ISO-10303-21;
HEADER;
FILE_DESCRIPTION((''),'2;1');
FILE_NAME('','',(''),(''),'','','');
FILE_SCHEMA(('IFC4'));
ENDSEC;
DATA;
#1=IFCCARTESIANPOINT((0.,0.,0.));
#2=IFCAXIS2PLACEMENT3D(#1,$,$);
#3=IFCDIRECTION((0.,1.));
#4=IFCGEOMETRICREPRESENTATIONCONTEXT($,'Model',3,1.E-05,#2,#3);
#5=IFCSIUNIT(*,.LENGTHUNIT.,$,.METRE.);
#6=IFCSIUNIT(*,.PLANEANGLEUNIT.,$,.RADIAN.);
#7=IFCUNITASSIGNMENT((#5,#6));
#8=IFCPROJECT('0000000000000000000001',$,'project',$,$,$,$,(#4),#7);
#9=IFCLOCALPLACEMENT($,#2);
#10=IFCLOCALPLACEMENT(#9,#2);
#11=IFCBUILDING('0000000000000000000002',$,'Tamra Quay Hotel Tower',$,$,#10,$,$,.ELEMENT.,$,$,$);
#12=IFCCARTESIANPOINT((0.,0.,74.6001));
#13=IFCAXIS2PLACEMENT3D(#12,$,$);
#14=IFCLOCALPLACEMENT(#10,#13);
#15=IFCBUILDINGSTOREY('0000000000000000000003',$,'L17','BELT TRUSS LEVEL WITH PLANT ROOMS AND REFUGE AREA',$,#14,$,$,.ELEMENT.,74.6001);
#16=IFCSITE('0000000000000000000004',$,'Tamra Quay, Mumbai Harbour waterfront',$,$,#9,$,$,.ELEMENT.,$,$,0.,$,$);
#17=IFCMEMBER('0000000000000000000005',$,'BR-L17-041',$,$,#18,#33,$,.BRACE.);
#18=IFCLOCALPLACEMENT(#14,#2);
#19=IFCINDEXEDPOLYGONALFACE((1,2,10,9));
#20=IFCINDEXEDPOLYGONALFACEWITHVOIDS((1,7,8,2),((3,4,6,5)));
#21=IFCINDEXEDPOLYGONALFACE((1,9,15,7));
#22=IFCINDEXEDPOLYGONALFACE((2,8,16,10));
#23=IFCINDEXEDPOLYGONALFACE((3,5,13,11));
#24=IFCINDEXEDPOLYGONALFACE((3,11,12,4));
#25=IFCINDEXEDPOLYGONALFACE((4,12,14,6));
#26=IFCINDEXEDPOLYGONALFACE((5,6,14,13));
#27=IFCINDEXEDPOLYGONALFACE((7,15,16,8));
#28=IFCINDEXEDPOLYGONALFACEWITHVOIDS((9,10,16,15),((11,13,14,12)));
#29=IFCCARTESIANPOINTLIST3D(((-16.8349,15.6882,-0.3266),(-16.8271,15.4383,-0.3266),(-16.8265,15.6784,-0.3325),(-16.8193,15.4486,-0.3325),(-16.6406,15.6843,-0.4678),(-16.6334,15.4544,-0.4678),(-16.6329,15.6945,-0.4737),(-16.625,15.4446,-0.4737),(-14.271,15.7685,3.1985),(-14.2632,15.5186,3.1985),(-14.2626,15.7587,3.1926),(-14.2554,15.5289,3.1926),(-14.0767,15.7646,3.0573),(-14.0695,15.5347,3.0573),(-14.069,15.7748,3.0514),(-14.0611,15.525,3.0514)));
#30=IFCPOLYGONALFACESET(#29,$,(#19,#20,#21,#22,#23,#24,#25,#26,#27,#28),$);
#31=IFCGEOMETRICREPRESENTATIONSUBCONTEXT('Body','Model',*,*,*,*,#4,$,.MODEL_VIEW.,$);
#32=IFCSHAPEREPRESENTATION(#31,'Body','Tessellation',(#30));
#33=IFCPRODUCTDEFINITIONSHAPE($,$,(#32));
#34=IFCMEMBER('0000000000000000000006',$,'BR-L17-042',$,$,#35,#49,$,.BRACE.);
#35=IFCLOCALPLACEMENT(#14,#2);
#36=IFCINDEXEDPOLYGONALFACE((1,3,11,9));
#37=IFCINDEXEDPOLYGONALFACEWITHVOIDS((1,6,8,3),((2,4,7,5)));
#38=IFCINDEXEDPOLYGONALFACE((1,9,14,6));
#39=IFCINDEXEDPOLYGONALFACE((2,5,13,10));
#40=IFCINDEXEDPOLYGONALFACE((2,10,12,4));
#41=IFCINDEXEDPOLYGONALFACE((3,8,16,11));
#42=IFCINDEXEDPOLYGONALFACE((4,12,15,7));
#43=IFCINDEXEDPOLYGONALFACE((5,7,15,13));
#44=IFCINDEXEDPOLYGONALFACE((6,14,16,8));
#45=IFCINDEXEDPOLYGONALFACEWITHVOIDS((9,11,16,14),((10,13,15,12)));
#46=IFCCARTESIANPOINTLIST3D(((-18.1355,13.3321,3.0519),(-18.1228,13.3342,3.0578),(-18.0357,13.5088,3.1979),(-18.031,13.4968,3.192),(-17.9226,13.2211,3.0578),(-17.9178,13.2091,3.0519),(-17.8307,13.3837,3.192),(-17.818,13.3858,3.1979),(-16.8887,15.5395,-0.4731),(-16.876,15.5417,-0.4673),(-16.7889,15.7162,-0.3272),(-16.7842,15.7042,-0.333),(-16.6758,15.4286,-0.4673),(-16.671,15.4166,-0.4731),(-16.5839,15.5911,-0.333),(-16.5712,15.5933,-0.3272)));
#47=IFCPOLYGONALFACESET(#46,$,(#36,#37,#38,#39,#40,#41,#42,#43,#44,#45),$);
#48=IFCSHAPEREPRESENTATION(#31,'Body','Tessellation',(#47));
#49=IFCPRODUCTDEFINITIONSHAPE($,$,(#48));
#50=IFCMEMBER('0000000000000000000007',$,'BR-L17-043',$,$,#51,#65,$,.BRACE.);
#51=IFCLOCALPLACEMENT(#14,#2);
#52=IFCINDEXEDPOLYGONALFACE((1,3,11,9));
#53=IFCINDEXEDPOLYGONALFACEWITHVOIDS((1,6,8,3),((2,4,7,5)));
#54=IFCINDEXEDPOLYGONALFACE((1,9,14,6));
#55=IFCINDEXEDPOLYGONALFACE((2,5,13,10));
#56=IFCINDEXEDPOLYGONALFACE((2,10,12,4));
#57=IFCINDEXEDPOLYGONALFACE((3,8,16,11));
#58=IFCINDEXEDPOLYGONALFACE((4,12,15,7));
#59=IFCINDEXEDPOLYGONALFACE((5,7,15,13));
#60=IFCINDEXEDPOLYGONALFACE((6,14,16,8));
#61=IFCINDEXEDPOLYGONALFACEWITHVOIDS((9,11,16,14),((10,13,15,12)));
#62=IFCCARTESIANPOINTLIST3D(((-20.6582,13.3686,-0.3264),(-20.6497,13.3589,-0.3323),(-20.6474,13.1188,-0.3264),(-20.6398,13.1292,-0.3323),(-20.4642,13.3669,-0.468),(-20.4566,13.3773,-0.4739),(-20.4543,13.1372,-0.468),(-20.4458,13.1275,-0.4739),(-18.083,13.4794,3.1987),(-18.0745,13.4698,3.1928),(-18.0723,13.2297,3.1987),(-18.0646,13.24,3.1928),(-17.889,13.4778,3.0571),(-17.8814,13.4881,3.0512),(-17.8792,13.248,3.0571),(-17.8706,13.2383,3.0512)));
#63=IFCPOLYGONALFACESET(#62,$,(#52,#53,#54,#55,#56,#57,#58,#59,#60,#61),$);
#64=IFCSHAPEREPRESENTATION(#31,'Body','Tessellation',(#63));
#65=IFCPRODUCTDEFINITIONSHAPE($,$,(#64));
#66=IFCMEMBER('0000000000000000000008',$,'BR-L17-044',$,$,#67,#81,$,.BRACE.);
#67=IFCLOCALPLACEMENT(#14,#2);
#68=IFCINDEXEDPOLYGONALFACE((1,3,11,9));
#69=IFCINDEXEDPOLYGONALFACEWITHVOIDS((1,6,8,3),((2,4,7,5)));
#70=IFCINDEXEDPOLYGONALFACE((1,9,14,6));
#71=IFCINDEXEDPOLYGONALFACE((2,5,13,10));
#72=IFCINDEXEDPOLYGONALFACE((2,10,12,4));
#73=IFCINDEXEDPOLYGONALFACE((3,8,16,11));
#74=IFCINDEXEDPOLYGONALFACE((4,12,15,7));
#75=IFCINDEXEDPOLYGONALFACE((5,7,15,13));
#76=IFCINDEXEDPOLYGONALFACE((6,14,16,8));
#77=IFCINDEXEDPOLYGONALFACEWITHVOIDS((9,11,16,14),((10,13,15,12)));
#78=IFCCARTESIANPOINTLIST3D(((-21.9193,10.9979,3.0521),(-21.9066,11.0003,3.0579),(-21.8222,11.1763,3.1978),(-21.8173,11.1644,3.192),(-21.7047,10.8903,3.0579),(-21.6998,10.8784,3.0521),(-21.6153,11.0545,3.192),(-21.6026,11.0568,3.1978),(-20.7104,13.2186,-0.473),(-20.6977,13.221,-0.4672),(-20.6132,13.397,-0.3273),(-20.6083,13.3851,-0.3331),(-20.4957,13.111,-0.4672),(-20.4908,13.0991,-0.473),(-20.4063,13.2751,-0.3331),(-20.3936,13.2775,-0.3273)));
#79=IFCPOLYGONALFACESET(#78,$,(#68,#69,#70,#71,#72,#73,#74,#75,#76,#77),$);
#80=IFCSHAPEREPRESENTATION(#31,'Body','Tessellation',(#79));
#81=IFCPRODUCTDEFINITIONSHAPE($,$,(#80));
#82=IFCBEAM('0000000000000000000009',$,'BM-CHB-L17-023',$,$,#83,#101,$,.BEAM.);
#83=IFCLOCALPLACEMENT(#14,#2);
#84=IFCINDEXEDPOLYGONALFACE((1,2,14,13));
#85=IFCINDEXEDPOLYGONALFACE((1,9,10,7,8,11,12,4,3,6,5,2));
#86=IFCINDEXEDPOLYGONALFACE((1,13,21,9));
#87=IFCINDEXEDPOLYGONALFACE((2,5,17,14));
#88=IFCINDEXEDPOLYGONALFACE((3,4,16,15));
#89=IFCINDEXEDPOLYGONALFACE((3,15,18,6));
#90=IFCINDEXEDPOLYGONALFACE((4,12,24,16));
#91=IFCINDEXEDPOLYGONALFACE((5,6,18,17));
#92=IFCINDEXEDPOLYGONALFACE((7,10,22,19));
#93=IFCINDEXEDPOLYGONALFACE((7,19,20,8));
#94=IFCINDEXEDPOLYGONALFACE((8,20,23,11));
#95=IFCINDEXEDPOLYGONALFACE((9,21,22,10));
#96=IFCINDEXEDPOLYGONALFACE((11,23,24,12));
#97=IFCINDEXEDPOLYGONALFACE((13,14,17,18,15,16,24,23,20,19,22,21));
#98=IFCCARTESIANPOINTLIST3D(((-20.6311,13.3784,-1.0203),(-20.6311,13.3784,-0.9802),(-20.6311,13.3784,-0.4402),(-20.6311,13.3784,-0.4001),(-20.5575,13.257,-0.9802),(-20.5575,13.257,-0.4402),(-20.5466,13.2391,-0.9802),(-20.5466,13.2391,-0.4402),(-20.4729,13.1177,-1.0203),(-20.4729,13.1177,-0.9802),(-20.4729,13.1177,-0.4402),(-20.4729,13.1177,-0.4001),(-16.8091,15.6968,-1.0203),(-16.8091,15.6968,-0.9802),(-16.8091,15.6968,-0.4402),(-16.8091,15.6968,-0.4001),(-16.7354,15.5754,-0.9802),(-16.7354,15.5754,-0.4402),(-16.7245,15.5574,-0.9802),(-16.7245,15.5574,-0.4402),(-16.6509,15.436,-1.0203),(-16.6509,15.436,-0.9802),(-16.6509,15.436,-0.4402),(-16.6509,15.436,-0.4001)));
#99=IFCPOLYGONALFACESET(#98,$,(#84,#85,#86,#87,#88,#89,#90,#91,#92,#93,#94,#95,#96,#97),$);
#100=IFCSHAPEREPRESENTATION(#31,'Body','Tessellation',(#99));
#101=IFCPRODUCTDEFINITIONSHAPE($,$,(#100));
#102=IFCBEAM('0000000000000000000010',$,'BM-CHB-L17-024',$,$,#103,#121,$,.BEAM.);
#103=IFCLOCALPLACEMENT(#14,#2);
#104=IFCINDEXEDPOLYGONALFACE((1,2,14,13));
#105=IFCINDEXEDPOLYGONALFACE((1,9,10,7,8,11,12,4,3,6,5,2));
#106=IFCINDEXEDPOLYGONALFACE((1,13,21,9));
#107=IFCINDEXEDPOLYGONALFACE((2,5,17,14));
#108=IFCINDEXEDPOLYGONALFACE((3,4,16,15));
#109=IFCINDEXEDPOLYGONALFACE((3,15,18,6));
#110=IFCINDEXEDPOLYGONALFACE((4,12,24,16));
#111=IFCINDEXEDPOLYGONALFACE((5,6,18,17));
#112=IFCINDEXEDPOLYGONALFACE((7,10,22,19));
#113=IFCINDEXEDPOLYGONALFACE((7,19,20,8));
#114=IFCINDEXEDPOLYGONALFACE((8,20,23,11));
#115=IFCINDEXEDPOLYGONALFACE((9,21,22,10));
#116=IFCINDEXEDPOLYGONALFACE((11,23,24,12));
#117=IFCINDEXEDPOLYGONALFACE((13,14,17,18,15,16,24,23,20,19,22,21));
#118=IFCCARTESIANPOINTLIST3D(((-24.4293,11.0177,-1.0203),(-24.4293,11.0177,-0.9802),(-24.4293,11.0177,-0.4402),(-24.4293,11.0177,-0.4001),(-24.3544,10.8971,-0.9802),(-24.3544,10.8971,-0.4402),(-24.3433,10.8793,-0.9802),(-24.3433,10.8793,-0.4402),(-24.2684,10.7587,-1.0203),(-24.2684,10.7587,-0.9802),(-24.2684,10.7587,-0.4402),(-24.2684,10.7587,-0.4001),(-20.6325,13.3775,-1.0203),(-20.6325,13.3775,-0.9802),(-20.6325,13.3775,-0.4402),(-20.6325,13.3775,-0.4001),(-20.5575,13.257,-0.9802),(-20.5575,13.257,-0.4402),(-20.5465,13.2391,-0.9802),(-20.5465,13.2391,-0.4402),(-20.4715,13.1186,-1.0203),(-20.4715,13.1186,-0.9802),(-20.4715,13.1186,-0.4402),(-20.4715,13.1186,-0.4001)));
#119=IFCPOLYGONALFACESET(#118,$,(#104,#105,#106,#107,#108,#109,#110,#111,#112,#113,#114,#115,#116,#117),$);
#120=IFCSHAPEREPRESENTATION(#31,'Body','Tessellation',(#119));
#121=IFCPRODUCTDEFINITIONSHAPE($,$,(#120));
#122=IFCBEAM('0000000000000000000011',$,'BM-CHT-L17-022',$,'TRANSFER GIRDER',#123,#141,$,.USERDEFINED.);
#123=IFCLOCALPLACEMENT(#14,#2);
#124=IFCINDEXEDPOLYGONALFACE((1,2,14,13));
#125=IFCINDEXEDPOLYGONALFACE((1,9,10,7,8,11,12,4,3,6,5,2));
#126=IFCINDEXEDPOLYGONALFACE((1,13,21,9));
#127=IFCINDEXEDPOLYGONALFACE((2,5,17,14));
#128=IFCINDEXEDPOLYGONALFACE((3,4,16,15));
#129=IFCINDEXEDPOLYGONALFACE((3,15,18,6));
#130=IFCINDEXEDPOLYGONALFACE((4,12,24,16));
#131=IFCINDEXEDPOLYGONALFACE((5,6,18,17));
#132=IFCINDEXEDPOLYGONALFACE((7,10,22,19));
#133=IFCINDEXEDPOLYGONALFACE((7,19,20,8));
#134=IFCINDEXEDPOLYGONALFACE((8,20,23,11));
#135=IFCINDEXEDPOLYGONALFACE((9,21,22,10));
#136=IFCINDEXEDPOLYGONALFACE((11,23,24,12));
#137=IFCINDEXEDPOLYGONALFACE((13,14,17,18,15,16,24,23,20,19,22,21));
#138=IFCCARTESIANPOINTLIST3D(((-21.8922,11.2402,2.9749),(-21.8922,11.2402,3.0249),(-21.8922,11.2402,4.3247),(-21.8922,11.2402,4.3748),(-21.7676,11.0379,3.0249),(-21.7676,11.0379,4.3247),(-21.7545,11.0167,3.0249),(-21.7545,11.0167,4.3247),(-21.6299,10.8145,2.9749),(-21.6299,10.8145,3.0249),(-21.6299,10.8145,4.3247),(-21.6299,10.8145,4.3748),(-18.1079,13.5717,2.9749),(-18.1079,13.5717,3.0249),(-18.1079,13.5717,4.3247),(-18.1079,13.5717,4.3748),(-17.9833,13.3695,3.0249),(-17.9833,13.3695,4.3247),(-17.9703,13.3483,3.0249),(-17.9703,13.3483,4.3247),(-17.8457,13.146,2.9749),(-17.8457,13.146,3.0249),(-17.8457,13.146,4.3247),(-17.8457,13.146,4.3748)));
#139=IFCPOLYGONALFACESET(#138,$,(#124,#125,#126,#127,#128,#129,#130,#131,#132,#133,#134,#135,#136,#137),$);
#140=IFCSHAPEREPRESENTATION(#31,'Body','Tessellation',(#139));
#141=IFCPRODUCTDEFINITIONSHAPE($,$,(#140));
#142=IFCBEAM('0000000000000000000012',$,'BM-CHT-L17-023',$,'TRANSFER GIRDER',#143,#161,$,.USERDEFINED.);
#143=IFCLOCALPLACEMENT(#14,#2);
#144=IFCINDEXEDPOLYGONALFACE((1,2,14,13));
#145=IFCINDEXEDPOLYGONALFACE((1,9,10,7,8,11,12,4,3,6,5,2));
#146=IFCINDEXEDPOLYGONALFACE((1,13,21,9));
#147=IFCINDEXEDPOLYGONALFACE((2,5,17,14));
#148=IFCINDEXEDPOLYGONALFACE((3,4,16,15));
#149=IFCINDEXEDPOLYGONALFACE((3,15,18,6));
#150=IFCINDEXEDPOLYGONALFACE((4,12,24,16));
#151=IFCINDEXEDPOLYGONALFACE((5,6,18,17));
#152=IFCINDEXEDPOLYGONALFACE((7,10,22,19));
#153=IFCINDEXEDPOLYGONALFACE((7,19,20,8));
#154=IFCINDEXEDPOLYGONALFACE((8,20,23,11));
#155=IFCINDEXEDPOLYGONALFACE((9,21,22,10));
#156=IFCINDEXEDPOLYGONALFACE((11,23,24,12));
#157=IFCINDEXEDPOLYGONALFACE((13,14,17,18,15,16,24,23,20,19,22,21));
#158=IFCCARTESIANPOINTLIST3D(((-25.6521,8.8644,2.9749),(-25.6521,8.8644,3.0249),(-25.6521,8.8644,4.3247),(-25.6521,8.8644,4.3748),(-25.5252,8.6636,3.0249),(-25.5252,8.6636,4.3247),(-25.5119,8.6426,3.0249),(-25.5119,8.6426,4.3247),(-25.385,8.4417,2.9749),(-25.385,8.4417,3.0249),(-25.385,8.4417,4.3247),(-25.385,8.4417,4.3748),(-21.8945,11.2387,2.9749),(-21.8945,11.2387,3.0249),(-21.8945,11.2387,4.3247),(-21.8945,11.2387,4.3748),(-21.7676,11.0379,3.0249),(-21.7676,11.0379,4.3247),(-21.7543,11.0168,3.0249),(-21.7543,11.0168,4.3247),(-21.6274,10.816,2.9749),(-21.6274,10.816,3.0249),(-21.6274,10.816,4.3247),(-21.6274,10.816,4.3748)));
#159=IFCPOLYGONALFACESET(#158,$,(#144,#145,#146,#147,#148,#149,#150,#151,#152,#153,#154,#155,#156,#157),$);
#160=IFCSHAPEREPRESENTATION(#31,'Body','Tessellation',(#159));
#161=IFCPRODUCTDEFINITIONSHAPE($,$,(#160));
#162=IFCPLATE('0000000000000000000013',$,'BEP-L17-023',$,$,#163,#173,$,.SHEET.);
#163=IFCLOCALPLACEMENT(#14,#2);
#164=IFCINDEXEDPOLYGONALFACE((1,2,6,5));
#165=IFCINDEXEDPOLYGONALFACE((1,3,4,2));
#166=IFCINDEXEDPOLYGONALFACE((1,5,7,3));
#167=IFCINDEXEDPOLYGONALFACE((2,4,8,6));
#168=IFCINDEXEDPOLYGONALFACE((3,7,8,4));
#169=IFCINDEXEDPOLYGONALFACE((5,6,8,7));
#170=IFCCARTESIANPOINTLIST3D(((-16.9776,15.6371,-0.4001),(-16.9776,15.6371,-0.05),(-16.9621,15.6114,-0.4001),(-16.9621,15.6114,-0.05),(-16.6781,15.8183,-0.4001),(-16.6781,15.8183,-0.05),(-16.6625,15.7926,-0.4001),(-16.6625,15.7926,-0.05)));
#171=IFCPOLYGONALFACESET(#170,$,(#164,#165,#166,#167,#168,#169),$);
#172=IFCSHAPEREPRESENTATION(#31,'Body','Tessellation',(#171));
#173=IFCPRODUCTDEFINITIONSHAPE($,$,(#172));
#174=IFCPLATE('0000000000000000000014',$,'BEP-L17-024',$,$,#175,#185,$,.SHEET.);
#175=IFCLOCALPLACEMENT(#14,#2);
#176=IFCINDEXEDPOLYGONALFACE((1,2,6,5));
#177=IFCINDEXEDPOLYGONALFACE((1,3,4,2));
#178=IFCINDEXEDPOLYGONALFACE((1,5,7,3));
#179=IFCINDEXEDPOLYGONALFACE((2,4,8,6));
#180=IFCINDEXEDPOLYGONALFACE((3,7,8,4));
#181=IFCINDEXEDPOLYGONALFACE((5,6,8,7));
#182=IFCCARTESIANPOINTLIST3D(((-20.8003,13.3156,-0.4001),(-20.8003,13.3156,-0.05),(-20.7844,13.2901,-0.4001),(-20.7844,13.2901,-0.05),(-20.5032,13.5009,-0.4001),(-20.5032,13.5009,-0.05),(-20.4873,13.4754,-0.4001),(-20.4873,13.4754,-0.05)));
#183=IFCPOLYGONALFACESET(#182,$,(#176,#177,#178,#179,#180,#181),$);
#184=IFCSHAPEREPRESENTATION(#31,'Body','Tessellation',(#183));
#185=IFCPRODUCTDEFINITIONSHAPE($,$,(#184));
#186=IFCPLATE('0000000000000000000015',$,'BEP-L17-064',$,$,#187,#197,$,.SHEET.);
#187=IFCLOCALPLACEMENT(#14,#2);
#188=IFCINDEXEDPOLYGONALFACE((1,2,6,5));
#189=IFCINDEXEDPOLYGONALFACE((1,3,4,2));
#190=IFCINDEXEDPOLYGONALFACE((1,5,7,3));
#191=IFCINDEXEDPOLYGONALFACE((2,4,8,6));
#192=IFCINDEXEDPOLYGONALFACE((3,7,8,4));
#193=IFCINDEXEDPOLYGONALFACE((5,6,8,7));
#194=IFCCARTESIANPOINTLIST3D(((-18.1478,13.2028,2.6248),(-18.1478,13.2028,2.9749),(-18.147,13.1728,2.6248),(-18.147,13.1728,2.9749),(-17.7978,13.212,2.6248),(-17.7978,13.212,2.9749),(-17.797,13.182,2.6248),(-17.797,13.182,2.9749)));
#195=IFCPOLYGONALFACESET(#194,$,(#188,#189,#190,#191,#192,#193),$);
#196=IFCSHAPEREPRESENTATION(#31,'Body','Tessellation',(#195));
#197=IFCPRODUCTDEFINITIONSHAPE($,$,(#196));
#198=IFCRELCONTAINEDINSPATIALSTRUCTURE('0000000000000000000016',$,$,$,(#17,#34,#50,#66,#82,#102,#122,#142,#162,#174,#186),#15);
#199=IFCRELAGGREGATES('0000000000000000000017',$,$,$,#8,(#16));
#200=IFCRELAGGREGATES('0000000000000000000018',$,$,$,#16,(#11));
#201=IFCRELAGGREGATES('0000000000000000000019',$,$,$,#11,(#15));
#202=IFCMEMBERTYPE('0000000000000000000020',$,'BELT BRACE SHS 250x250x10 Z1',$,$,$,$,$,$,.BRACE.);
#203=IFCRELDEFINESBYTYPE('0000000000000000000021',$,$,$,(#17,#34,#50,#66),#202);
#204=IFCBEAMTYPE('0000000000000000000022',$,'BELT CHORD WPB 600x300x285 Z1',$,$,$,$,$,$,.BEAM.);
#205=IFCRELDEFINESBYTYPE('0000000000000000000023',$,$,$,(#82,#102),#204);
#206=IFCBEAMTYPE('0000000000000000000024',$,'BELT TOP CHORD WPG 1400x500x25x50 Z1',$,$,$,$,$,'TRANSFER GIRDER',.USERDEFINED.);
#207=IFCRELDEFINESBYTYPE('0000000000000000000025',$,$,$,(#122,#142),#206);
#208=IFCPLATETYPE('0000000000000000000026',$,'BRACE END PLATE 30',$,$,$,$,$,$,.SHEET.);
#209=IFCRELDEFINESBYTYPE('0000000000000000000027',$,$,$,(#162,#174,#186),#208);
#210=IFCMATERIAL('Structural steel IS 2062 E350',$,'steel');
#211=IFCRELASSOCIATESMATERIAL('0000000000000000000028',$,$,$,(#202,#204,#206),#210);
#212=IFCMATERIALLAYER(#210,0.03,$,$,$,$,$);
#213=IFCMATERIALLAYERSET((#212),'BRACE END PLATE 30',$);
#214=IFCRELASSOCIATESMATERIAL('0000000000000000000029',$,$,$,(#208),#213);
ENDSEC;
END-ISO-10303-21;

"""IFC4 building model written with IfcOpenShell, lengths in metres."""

from ifc_helpers import new_model, si_unit, direction, frame, origin, origin_2d, place, context, subcontext, project, spatial, rectangle, hollow_rectangle, i_section, extrude, material, layer, layer_set, material_profile, profile_set, type_object, element, save


model = new_model("IFC4")

# Units and contexts
model_context = context("Model", 3, precision=1e-05, world=origin(), true_north=direction((0.0, 1.0)))
body_context = subcontext(model_context, "Body", "Model", "MODEL_VIEW")
ifc_project = project(units=[si_unit("LENGTHUNIT", "METRE"), si_unit("PLANEANGLEUNIT", "RADIAN")], contexts=[model_context])

# Site, building, storey
site_placement = place(None, origin())
site = spatial("IfcSite", under=ifc_project, at=site_placement, Name="Tamra Quay, Mumbai Harbour waterfront", CompositionType="ELEMENT", RefElevation=0.0)
building_placement = place(site_placement, origin())
building = spatial("IfcBuilding", under=site, at=building_placement, Name="Tamra Quay Hotel Tower", CompositionType="ELEMENT")
storey_placement = place(building_placement, frame((0.0, 0.0, 74.6001)))
storey = spatial("IfcBuildingStorey", under=building, at=storey_placement, Name="L17", Description="BELT TRUSS LEVEL WITH PLANT ROOMS AND REFUGE AREA", CompositionType="ELEMENT", Elevation=74.6001)

# Members
ifc_material_1 = material(Name="Structural steel IS 2062 E350", Category="steel")
ifc_material_profile_1 = material_profile(ifc_material_1, hollow_rectangle(XDim=0.25, YDim=0.25, WallThickness=0.01, at=origin_2d()), Name="SHS 250x250x10")
ifc_profile_set_1 = profile_set([ifc_material_profile_1], Name="Structural steel IS 2062 E350")
member_type = type_object("IfcMemberType", Name="BELT BRACE SHS 250x250x10 Z1", PredefinedType="BRACE", material=ifc_profile_set_1)
member_1_placement = place(storey_placement, frame((-16.73, 15.5664, -0.4001), z_axis=(0.588105, 0.018424, 0.808575), x_axis=(-0.031312, 0.99951, 0.0)))
element("IfcMember", 1, at=member_1_placement, inside=storey, type_object=member_type, Name="BR-L17-041", PredefinedType="BRACE", context=body_context, shape_type="SweptSolid", body=[
    extrude(hollow_rectangle(XDim=0.25, YDim=0.25, WallThickness=0.01, at=origin_2d()), origin(), (0.0, 0.0, 1.0), 4.3596),
])
member_2_placement = place(storey_placement, frame((-16.73, 15.5664, -0.4001), z_axis=(-0.287144, -0.508392, 0.811841), x_axis=(0.870715, -0.491788, 0.0)))
element("IfcMember", 2, at=member_2_placement, inside=storey, type_object=member_type, Name="BR-L17-042", PredefinedType="BRACE", context=body_context, shape_type="SweptSolid", body=[
    extrude(hollow_rectangle(XDim=0.25, YDim=0.25, WallThickness=0.01, at=origin_2d()), origin(), (0.0, 0.0, 1.0), 4.342),
])
member_3_placement = place(storey_placement, frame((-20.552, 13.248, -0.4001), z_axis=(0.589696, 0.025381, 0.807226), x_axis=(-0.043002, 0.999075, 0.0)))
element("IfcMember", 3, at=member_3_placement, inside=storey, type_object=member_type, Name="BR-L17-043", PredefinedType="BRACE", context=body_context, shape_type="SweptSolid", body=[
    extrude(hollow_rectangle(XDim=0.25, YDim=0.25, WallThickness=0.01, at=origin_2d()), origin(), (0.0, 0.0, 1.0), 4.3669),
])
member_4_placement = place(storey_placement, frame((-20.552, 13.248, -0.4001), z_axis=(-0.278685, -0.511897, 0.812586), x_axis=(0.878279, -0.478148, 0.0)))
element("IfcMember", 4, at=member_4_placement, inside=storey, type_object=member_type, Name="BR-L17-044", PredefinedType="BRACE", context=body_context, shape_type="SweptSolid", body=[
    extrude(hollow_rectangle(XDim=0.25, YDim=0.25, WallThickness=0.01, at=origin_2d()), origin(), (0.0, 0.0, 1.0), 4.3381),
])

# Beams
ifc_material_profile_2 = material_profile(ifc_material_1, i_section(OverallWidth=0.3049, OverallDepth=0.6201, WebThickness=0.021, FlangeThickness=0.04, at=origin_2d()), Name="WPB 600x300x285")
ifc_profile_set_2 = profile_set([ifc_material_profile_2], Name="Structural steel IS 2062 E350")
beam_type_1 = type_object("IfcBeamType", Name="BELT CHORD WPB 600x300x285 Z1", PredefinedType="BEAM", material=ifc_profile_set_2)
beam_1_placement = place(storey_placement, frame((-16.73, 15.5664, -0.7102), z_axis=(-0.855001, -0.518626, 0.0), x_axis=(0.518626, -0.855001, 0.0)))
element("IfcBeam", 5, at=beam_1_placement, inside=storey, type_object=beam_type_1, Name="BM-CHB-L17-023", PredefinedType="BEAM", context=body_context, shape_type="SweptSolid", body=[
    extrude(i_section(OverallWidth=0.3049, OverallDepth=0.6201, WebThickness=0.021, FlangeThickness=0.04, at=origin_2d()), origin(), (0.0, 0.0, 1.0), 4.4702),
])
beam_2_placement = place(storey_placement, frame((-20.552, 13.248, -0.7102), z_axis=(-0.849321, -0.527877, 0.0), x_axis=(0.527877, -0.849321, 0.0)))
element("IfcBeam", 6, at=beam_2_placement, inside=storey, type_object=beam_type_1, Name="BM-CHB-L17-024", PredefinedType="BEAM", context=body_context, shape_type="SweptSolid", body=[
    extrude(i_section(OverallWidth=0.3049, OverallDepth=0.6201, WebThickness=0.021, FlangeThickness=0.04, at=origin_2d()), origin(), (0.0, 0.0, 1.0), 4.4705),
])
ifc_material_profile_3 = material_profile(ifc_material_1, i_section(OverallWidth=0.5, OverallDepth=1.3999, WebThickness=0.0249, FlangeThickness=0.05, at=origin_2d()), Name="WPG 1400x500x25x50")
ifc_profile_set_3 = profile_set([ifc_material_profile_3], Name="Structural steel IS 2062 E350")
beam_type_2 = type_object("IfcBeamType", Name="BELT TOP CHORD WPG 1400x500x25x50 Z1", ElementType="TRANSFER GIRDER", PredefinedType="USERDEFINED", material=ifc_profile_set_3)
for number, where, z_axis, x_axis, name in (
    (7, (-17.9768, 13.3589, 3.6748), (-0.851375, -0.524557, 0.0), (0.524557, -0.851375, 0.0), "BM-CHT-L17-022"),
    (8, (-21.761, 11.0273, 3.6748), (-0.845381, -0.534165, 0.0), (0.534165, -0.845381, 0.0), "BM-CHT-L17-023"),
):
    element("IfcBeam", number, at=place(storey_placement, frame(where, z_axis=z_axis, x_axis=x_axis)), inside=storey, type_object=beam_type_2, Name=name, ObjectType="TRANSFER GIRDER", PredefinedType="USERDEFINED", context=body_context, shape_type="SweptSolid", body=[
        extrude(i_section(OverallWidth=0.5, OverallDepth=1.3999, WebThickness=0.0249, FlangeThickness=0.05, at=origin_2d()), origin(), (0.0, 0.0, 1.0), 4.4448),
    ])

# Plates
ifc_layer_1 = layer(ifc_material_1, 0.03)
ifc_layer_set_1 = layer_set([ifc_layer_1], Name="BRACE END PLATE 30")
plate_type = type_object("IfcPlateType", Name="BRACE END PLATE 30", PredefinedType="SHEET", material=ifc_layer_set_1)
for number, where, z_axis, x_axis, name in (
    (9, (-16.8201, 15.7148, -0.4001), (0.0, 0.0, 1.0), (-0.517612, 0.855616, 0.0), "BEP-L17-023"),
    (10, (-20.6438, 13.3955, -0.4001), (0.0, 0.0, 1.0), (-0.529133, 0.848539, 0.0), "BEP-L17-024"),
    (11, (-17.9724, 13.1924, 2.6248), (0.0, 0.0, 1.0), (-0.026262, 0.999655, 0.0), "BEP-L17-064"),
):
    element("IfcPlate", number, at=place(storey_placement, frame(where, z_axis=z_axis, x_axis=x_axis)), inside=storey, type_object=plate_type, Name=name, PredefinedType="SHEET", context=body_context, shape_type="SweptSolid", body=[
        extrude(rectangle(XDim=0.03, YDim=0.3501, at=origin_2d()), origin(), (0.0, 0.0, 1.0), 0.3501),
    ])

save(model, "model.ifc")
